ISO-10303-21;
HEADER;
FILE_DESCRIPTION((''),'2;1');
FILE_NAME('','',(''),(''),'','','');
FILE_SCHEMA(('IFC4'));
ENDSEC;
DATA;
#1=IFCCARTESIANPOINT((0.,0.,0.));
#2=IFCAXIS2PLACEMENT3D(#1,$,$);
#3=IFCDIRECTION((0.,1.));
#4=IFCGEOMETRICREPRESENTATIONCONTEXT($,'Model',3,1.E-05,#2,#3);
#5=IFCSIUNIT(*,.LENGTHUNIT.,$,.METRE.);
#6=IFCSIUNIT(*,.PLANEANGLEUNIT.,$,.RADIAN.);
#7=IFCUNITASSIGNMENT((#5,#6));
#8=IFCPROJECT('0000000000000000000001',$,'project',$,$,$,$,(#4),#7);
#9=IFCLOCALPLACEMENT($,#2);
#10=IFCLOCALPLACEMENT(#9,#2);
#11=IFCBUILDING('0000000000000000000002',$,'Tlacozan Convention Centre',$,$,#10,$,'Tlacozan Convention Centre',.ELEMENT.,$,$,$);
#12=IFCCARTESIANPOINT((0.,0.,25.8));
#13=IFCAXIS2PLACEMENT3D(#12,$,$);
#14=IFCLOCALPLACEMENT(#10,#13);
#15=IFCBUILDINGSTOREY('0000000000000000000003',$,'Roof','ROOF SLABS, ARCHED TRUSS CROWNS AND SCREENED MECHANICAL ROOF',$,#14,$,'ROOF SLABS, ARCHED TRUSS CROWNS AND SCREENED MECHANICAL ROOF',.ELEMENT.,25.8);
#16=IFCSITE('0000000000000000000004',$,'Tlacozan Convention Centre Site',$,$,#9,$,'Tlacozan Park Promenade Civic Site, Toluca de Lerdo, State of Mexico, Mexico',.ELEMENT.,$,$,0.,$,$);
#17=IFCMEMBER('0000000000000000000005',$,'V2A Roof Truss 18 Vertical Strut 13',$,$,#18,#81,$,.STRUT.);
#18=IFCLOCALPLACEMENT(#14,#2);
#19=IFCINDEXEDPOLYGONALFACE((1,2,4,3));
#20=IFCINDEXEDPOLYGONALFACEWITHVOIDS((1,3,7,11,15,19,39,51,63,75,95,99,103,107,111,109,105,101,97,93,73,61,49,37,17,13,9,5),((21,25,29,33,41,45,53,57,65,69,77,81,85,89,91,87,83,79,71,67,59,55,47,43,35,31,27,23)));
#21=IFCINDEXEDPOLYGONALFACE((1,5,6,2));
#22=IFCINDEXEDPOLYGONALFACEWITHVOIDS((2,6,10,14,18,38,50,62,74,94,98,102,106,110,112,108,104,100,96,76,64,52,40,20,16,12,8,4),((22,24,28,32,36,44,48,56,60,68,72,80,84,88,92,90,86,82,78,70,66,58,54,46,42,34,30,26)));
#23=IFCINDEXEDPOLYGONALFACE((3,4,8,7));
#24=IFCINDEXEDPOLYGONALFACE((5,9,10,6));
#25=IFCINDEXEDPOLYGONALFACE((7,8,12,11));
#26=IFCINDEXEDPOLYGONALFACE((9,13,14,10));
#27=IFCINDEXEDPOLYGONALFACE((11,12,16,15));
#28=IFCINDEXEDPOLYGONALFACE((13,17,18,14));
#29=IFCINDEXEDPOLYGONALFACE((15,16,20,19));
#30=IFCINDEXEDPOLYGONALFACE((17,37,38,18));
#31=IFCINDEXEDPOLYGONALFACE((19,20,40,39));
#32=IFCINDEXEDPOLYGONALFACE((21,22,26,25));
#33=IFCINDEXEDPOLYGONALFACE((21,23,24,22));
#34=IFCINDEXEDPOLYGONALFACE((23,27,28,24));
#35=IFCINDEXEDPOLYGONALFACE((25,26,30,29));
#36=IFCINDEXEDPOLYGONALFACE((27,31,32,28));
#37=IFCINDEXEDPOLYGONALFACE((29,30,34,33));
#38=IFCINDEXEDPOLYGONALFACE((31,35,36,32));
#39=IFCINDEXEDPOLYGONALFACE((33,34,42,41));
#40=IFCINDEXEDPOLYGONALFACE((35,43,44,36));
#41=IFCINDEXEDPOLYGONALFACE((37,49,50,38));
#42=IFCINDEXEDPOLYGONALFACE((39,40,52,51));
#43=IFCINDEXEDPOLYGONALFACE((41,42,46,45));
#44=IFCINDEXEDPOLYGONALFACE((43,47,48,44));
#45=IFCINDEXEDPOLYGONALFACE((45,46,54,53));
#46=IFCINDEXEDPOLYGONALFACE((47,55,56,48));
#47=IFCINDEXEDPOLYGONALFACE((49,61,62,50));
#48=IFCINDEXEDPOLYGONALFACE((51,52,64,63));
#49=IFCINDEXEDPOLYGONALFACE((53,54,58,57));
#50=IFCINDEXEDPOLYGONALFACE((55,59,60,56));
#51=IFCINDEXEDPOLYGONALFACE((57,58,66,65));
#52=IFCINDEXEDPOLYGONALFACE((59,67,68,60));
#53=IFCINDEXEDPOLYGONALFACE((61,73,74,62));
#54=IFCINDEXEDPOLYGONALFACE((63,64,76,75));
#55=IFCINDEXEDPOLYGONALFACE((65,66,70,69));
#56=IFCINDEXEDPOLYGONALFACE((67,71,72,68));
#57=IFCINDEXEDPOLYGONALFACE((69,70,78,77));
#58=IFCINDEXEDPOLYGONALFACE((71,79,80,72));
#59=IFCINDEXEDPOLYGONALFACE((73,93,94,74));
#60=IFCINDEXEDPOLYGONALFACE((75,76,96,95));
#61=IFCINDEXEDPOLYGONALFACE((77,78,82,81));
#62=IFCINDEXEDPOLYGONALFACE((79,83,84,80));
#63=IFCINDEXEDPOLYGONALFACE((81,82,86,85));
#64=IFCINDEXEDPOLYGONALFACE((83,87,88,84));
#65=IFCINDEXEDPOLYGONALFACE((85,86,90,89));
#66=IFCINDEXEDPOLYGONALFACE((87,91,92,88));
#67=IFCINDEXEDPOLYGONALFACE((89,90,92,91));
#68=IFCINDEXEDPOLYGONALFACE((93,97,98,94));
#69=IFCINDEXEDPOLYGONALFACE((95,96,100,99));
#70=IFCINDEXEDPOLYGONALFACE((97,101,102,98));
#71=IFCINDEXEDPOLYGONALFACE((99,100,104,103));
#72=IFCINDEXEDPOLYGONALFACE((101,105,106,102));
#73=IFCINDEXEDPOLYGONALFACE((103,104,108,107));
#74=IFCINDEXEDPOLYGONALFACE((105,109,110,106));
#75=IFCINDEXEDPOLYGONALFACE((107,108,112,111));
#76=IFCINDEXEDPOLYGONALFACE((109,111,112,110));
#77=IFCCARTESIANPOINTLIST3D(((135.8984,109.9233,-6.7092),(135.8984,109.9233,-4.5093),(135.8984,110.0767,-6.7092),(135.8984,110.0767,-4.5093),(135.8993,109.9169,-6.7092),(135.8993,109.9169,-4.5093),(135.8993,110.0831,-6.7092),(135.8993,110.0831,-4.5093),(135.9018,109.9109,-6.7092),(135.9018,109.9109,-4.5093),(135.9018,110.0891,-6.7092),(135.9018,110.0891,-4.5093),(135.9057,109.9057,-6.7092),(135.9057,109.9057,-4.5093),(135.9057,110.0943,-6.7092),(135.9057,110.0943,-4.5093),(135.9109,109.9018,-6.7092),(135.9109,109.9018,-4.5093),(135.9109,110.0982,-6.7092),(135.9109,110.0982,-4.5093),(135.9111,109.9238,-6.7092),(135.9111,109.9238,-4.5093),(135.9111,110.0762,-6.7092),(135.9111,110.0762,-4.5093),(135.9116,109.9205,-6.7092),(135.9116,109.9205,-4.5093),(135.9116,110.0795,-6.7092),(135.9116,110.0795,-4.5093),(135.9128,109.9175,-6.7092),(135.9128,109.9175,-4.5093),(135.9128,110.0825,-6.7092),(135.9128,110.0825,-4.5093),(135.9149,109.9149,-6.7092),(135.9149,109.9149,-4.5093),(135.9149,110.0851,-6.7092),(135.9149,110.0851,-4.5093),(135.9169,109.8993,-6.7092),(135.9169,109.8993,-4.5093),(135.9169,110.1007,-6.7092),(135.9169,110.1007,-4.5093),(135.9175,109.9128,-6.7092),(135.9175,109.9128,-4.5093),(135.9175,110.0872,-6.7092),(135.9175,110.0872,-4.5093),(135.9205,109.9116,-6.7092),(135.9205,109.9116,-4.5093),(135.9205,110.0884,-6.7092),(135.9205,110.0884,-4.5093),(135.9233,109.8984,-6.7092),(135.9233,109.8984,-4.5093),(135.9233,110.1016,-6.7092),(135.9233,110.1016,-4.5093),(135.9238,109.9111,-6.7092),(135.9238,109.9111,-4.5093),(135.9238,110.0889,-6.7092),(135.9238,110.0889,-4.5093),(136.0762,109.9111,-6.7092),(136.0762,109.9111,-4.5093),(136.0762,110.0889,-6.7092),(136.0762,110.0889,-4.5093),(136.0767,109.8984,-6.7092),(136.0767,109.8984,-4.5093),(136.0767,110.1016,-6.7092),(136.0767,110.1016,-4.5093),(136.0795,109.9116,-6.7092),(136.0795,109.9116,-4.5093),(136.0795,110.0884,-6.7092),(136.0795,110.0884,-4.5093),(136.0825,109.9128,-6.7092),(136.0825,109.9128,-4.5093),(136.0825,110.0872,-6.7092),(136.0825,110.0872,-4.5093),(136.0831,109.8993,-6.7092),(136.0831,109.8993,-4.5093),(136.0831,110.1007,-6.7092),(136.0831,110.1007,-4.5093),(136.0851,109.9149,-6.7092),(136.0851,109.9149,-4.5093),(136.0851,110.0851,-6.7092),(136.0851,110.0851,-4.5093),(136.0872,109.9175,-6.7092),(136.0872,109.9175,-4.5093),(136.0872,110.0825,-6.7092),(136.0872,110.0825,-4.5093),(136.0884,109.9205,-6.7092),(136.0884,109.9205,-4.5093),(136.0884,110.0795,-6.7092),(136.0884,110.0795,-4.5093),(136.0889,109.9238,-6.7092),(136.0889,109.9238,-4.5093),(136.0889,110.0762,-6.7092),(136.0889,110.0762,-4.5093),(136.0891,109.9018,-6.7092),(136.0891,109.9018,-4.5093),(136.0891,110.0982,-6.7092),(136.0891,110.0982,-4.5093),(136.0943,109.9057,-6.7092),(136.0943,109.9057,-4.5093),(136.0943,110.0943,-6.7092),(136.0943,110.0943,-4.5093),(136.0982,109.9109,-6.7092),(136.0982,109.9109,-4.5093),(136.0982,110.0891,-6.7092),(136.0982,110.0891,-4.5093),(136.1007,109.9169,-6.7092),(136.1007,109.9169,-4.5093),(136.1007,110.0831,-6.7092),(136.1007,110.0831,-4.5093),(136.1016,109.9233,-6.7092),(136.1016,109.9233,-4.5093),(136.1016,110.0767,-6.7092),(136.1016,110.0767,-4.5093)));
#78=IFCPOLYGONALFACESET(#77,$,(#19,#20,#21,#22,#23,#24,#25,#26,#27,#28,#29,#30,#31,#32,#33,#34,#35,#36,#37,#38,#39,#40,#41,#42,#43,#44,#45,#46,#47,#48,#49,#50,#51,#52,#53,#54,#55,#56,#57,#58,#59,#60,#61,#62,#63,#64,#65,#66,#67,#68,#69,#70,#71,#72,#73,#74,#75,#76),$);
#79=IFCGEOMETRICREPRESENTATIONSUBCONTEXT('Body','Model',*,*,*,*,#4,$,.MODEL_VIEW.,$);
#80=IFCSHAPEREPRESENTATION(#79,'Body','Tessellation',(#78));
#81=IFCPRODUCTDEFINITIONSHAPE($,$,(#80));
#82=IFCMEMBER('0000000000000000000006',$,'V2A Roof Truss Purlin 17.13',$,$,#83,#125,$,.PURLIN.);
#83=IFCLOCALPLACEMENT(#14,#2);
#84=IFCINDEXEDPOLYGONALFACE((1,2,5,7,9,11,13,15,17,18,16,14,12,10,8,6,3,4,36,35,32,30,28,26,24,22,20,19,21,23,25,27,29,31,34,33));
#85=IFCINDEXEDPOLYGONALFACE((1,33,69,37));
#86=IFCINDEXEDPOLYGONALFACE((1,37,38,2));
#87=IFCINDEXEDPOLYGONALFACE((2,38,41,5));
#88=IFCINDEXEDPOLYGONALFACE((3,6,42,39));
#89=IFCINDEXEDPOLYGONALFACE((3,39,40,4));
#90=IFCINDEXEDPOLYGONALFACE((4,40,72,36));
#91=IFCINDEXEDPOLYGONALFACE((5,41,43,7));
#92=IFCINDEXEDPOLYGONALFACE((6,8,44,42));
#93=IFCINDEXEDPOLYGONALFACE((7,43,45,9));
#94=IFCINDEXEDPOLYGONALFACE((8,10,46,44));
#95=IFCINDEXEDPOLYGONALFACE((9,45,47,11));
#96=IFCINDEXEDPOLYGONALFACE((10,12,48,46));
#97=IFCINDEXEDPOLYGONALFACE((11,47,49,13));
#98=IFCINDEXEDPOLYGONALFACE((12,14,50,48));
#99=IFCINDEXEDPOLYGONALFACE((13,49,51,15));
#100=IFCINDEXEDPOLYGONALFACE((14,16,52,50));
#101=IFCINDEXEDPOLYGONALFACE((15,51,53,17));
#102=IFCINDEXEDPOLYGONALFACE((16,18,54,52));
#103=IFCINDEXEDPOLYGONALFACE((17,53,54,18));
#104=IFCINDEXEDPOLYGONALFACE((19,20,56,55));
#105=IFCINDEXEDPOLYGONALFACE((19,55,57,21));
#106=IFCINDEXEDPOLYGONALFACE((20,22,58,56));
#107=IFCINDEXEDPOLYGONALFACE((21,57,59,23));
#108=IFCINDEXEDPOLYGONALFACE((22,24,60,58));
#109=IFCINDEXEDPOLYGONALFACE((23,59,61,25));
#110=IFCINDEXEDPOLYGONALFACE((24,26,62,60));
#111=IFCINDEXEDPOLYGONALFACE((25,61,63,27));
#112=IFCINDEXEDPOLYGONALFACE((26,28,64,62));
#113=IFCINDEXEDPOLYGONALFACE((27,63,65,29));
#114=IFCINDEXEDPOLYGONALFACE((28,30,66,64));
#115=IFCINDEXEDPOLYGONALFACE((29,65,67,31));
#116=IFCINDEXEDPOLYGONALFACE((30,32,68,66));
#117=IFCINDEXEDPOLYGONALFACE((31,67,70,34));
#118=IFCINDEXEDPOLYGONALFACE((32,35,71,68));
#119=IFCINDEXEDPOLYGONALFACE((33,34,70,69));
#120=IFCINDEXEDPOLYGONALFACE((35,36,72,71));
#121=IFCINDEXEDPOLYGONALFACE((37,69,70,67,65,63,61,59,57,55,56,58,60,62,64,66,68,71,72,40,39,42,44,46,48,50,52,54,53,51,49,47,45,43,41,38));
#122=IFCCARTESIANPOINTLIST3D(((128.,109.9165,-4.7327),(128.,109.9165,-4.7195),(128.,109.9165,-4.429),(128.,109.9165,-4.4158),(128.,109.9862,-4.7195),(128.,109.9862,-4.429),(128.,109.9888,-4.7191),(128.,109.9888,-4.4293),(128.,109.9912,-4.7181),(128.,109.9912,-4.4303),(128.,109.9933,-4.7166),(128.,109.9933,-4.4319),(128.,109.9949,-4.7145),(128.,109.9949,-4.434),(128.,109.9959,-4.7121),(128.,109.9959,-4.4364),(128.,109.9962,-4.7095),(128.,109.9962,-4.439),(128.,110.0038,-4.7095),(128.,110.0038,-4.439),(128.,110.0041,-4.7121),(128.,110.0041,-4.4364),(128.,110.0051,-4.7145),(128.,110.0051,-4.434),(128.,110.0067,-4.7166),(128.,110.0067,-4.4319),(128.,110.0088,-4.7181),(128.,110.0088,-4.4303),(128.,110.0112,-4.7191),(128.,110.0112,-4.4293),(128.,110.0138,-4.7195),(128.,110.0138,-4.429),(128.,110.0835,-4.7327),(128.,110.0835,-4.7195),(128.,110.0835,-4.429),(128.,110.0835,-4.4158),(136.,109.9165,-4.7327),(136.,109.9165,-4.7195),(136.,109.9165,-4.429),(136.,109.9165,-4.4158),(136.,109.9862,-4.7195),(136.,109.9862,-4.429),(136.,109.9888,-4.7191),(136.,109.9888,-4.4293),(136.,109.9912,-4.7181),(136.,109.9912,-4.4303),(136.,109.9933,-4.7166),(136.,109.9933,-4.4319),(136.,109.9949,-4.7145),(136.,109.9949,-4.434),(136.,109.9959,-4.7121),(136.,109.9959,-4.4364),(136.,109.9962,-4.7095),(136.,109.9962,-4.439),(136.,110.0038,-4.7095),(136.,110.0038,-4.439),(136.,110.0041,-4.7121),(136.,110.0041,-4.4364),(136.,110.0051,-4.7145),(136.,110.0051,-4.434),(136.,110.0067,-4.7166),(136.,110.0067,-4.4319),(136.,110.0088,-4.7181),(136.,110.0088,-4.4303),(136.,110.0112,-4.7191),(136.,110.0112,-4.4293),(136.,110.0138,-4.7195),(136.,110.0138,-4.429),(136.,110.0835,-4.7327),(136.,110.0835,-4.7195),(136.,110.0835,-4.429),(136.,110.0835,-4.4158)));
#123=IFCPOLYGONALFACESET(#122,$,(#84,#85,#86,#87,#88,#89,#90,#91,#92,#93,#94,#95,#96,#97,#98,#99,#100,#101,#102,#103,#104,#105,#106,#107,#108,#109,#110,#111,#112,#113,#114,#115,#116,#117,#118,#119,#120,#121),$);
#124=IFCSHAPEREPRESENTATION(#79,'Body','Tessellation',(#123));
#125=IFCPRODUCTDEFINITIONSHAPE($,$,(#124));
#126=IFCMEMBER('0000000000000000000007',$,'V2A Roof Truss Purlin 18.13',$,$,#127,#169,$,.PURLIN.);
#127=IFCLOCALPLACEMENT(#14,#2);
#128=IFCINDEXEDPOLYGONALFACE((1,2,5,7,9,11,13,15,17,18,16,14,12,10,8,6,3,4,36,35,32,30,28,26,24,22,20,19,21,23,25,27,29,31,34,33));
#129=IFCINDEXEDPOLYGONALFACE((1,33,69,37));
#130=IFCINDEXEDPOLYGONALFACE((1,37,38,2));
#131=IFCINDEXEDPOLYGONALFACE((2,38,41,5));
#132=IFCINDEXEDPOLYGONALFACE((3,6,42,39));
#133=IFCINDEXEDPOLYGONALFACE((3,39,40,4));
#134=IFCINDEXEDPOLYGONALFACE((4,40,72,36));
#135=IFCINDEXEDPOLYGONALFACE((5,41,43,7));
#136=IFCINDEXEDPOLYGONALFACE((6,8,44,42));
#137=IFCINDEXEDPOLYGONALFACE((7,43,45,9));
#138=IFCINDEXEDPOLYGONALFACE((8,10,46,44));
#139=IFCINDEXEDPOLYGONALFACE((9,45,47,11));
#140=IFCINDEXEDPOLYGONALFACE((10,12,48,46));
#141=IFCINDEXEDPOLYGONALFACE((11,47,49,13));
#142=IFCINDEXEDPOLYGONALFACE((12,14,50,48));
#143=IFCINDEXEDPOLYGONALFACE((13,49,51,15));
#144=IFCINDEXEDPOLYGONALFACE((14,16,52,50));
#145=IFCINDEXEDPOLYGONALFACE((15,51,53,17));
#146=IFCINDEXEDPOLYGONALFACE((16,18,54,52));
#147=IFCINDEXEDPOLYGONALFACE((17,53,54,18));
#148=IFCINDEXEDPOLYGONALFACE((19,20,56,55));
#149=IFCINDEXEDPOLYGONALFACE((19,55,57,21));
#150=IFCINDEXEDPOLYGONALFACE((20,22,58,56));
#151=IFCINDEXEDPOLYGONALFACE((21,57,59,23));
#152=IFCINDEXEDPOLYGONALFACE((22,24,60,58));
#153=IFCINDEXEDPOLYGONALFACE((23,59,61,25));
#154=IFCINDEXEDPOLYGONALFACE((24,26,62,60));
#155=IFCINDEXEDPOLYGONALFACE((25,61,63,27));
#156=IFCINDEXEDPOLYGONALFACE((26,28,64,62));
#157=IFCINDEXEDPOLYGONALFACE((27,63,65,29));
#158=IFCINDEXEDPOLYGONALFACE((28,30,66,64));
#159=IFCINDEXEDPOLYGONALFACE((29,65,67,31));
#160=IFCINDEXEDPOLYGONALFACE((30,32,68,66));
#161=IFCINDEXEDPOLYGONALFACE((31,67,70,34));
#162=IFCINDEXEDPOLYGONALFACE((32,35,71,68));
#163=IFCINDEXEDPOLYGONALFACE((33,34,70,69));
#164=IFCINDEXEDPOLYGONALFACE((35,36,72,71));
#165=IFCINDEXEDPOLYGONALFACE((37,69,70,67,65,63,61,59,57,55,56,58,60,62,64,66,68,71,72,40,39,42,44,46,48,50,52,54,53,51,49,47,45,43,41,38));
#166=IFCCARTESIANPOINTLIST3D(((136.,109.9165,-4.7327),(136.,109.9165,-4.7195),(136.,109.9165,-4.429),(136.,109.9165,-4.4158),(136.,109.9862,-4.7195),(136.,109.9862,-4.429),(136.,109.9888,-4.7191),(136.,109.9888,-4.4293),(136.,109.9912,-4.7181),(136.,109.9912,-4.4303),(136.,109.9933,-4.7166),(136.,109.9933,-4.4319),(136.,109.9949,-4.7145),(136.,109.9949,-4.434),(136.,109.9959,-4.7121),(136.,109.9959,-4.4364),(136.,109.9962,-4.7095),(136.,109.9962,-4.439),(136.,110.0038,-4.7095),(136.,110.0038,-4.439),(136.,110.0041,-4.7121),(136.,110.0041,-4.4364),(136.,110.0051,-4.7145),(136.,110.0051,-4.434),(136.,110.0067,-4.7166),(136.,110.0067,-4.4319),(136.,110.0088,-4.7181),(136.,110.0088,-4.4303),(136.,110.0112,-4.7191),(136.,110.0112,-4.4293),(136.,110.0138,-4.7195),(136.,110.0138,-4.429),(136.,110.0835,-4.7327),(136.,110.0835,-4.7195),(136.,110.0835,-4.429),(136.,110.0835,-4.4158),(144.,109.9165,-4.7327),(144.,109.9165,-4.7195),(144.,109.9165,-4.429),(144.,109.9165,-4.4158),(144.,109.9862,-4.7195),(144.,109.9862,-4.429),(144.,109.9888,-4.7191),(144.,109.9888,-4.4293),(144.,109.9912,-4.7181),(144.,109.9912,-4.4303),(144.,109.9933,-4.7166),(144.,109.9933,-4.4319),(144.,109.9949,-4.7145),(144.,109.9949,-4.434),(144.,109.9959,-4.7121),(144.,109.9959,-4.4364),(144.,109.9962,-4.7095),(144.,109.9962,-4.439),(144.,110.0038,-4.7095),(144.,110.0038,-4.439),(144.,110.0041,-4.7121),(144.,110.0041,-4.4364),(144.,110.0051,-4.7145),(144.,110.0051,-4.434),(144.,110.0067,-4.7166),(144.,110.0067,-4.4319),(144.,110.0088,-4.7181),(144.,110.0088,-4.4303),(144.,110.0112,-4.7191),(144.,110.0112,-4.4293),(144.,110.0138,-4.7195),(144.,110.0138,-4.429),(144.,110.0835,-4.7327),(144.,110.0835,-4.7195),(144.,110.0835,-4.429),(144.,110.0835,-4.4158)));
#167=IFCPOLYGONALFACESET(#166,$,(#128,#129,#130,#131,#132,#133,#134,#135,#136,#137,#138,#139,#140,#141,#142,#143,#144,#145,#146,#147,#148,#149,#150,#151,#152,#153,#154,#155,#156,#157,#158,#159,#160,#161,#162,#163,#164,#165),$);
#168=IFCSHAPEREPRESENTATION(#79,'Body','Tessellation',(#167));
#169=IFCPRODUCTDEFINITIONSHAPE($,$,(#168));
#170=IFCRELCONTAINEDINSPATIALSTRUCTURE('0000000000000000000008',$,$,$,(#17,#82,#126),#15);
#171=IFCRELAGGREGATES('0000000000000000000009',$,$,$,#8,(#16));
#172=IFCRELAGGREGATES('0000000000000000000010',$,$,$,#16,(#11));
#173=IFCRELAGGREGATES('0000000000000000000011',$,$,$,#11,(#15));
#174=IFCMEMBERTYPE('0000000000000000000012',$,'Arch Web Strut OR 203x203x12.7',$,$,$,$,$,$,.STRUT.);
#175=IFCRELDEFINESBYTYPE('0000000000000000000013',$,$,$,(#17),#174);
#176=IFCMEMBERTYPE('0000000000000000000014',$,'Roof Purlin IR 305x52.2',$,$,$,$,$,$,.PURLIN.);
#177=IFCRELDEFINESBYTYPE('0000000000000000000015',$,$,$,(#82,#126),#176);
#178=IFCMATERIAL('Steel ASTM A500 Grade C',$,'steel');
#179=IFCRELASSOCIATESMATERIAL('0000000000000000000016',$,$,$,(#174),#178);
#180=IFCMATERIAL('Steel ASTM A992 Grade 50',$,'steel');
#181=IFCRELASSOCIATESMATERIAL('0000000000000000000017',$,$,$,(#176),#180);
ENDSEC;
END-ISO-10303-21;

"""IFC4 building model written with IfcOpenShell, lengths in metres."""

from ifc_helpers import new_model, si_unit, direction, frame, origin, origin_2d, place, context, subcontext, project, spatial, hollow_rectangle, i_section, extrude, material, material_profile, profile_set, type_object, element, save


model = new_model("IFC4")

# Units and contexts
model_context = context("Model", 3, precision=1e-05, world=origin(), true_north=direction((0.0, 1.0)))
body_context = subcontext(model_context, "Body", "Model", "MODEL_VIEW")
ifc_project = project(units=[si_unit("LENGTHUNIT", "METRE"), si_unit("PLANEANGLEUNIT", "RADIAN")], contexts=[model_context])

# Site, building, storey
site_placement = place(None, origin())
site = spatial("IfcSite", under=ifc_project, at=site_placement, Name="Tlacozan Convention Centre Site", LongName="Tlacozan Park Promenade Civic Site, Toluca de Lerdo, State of Mexico, Mexico", CompositionType="ELEMENT", RefElevation=0.0)
building_placement = place(site_placement, origin())
building = spatial("IfcBuilding", under=site, at=building_placement, Name="Tlacozan Convention Centre", LongName="Tlacozan Convention Centre", CompositionType="ELEMENT")
storey_placement = place(building_placement, frame((0.0, 0.0, 25.8)))
storey = spatial("IfcBuildingStorey", under=building, at=storey_placement, Name="Roof", Description="ROOF SLABS, ARCHED TRUSS CROWNS AND SCREENED MECHANICAL ROOF", LongName="ROOF SLABS, ARCHED TRUSS CROWNS AND SCREENED MECHANICAL ROOF", CompositionType="ELEMENT", Elevation=25.8)

# Members
ifc_material_1 = material(Name="Steel ASTM A500 Grade C", Category="steel")
ifc_material_profile_1 = material_profile(ifc_material_1, hollow_rectangle(XDim=0.2031, YDim=0.2031, WallThickness=0.0127, InnerFilletRadius=0.0127, OuterFilletRadius=0.0249, at=origin_2d()), Name="OR 203x203x12.7")
ifc_profile_set_1 = profile_set([ifc_material_profile_1], Name="Steel ASTM A500 Grade C")
member_type_1 = type_object("IfcMemberType", Name="Arch Web Strut OR 203x203x12.7", PredefinedType="STRUT", material=ifc_profile_set_1)
for number, where, z_axis, x_axis, name in (
    (1, (136.0, 110.0, -6.7092), (0.0, 0.0, 1.0), (1.0, 0.0, 0.0), "V2A Roof Truss 18 Vertical Strut 13"),
):
    element("IfcMember", number, at=place(storey_placement, frame(where, z_axis=z_axis, x_axis=x_axis)), inside=storey, type_object=member_type_1, Name=name, PredefinedType="STRUT", context=body_context, shape_type="SweptSolid", body=[
        extrude(hollow_rectangle(XDim=0.2031, YDim=0.2031, WallThickness=0.0127, InnerFilletRadius=0.0127, OuterFilletRadius=0.0249, at=origin_2d()), origin(), (0.0, 0.0, 1.0), 2.2),
    ])
ifc_material_2 = material(Name="Steel ASTM A992 Grade 50", Category="steel")
ifc_material_profile_2 = material_profile(ifc_material_2, i_section(OverallWidth=0.167, OverallDepth=0.3169, WebThickness=0.0076, FlangeThickness=0.0132, FilletRadius=0.01, at=origin_2d()), Name="IR 305x52.2")
ifc_profile_set_2 = profile_set([ifc_material_profile_2], Name="Steel ASTM A992 Grade 50")
member_type_2 = type_object("IfcMemberType", Name="Roof Purlin IR 305x52.2", PredefinedType="PURLIN", material=ifc_profile_set_2)
for number, where, z_axis, x_axis, name in (
    (2, (128.0, 110.0, -4.5742), (1.0, 0.0, 0.0), (0.0, 1.0, 0.0), "V2A Roof Truss Purlin 17.13"),
    (3, (136.0, 110.0, -4.5742), (1.0, 0.0, 0.0), (0.0, 1.0, 0.0), "V2A Roof Truss Purlin 18.13"),
):
    element("IfcMember", number, at=place(storey_placement, frame(where, z_axis=z_axis, x_axis=x_axis)), inside=storey, type_object=member_type_2, Name=name, PredefinedType="PURLIN", context=body_context, shape_type="SweptSolid", body=[
        extrude(i_section(OverallWidth=0.167, OverallDepth=0.3169, WebThickness=0.0076, FlangeThickness=0.0132, FilletRadius=0.01, at=origin_2d()), origin(), (0.0, 0.0, 1.0), 8.0),
    ])

save(model, "model.ifc")
